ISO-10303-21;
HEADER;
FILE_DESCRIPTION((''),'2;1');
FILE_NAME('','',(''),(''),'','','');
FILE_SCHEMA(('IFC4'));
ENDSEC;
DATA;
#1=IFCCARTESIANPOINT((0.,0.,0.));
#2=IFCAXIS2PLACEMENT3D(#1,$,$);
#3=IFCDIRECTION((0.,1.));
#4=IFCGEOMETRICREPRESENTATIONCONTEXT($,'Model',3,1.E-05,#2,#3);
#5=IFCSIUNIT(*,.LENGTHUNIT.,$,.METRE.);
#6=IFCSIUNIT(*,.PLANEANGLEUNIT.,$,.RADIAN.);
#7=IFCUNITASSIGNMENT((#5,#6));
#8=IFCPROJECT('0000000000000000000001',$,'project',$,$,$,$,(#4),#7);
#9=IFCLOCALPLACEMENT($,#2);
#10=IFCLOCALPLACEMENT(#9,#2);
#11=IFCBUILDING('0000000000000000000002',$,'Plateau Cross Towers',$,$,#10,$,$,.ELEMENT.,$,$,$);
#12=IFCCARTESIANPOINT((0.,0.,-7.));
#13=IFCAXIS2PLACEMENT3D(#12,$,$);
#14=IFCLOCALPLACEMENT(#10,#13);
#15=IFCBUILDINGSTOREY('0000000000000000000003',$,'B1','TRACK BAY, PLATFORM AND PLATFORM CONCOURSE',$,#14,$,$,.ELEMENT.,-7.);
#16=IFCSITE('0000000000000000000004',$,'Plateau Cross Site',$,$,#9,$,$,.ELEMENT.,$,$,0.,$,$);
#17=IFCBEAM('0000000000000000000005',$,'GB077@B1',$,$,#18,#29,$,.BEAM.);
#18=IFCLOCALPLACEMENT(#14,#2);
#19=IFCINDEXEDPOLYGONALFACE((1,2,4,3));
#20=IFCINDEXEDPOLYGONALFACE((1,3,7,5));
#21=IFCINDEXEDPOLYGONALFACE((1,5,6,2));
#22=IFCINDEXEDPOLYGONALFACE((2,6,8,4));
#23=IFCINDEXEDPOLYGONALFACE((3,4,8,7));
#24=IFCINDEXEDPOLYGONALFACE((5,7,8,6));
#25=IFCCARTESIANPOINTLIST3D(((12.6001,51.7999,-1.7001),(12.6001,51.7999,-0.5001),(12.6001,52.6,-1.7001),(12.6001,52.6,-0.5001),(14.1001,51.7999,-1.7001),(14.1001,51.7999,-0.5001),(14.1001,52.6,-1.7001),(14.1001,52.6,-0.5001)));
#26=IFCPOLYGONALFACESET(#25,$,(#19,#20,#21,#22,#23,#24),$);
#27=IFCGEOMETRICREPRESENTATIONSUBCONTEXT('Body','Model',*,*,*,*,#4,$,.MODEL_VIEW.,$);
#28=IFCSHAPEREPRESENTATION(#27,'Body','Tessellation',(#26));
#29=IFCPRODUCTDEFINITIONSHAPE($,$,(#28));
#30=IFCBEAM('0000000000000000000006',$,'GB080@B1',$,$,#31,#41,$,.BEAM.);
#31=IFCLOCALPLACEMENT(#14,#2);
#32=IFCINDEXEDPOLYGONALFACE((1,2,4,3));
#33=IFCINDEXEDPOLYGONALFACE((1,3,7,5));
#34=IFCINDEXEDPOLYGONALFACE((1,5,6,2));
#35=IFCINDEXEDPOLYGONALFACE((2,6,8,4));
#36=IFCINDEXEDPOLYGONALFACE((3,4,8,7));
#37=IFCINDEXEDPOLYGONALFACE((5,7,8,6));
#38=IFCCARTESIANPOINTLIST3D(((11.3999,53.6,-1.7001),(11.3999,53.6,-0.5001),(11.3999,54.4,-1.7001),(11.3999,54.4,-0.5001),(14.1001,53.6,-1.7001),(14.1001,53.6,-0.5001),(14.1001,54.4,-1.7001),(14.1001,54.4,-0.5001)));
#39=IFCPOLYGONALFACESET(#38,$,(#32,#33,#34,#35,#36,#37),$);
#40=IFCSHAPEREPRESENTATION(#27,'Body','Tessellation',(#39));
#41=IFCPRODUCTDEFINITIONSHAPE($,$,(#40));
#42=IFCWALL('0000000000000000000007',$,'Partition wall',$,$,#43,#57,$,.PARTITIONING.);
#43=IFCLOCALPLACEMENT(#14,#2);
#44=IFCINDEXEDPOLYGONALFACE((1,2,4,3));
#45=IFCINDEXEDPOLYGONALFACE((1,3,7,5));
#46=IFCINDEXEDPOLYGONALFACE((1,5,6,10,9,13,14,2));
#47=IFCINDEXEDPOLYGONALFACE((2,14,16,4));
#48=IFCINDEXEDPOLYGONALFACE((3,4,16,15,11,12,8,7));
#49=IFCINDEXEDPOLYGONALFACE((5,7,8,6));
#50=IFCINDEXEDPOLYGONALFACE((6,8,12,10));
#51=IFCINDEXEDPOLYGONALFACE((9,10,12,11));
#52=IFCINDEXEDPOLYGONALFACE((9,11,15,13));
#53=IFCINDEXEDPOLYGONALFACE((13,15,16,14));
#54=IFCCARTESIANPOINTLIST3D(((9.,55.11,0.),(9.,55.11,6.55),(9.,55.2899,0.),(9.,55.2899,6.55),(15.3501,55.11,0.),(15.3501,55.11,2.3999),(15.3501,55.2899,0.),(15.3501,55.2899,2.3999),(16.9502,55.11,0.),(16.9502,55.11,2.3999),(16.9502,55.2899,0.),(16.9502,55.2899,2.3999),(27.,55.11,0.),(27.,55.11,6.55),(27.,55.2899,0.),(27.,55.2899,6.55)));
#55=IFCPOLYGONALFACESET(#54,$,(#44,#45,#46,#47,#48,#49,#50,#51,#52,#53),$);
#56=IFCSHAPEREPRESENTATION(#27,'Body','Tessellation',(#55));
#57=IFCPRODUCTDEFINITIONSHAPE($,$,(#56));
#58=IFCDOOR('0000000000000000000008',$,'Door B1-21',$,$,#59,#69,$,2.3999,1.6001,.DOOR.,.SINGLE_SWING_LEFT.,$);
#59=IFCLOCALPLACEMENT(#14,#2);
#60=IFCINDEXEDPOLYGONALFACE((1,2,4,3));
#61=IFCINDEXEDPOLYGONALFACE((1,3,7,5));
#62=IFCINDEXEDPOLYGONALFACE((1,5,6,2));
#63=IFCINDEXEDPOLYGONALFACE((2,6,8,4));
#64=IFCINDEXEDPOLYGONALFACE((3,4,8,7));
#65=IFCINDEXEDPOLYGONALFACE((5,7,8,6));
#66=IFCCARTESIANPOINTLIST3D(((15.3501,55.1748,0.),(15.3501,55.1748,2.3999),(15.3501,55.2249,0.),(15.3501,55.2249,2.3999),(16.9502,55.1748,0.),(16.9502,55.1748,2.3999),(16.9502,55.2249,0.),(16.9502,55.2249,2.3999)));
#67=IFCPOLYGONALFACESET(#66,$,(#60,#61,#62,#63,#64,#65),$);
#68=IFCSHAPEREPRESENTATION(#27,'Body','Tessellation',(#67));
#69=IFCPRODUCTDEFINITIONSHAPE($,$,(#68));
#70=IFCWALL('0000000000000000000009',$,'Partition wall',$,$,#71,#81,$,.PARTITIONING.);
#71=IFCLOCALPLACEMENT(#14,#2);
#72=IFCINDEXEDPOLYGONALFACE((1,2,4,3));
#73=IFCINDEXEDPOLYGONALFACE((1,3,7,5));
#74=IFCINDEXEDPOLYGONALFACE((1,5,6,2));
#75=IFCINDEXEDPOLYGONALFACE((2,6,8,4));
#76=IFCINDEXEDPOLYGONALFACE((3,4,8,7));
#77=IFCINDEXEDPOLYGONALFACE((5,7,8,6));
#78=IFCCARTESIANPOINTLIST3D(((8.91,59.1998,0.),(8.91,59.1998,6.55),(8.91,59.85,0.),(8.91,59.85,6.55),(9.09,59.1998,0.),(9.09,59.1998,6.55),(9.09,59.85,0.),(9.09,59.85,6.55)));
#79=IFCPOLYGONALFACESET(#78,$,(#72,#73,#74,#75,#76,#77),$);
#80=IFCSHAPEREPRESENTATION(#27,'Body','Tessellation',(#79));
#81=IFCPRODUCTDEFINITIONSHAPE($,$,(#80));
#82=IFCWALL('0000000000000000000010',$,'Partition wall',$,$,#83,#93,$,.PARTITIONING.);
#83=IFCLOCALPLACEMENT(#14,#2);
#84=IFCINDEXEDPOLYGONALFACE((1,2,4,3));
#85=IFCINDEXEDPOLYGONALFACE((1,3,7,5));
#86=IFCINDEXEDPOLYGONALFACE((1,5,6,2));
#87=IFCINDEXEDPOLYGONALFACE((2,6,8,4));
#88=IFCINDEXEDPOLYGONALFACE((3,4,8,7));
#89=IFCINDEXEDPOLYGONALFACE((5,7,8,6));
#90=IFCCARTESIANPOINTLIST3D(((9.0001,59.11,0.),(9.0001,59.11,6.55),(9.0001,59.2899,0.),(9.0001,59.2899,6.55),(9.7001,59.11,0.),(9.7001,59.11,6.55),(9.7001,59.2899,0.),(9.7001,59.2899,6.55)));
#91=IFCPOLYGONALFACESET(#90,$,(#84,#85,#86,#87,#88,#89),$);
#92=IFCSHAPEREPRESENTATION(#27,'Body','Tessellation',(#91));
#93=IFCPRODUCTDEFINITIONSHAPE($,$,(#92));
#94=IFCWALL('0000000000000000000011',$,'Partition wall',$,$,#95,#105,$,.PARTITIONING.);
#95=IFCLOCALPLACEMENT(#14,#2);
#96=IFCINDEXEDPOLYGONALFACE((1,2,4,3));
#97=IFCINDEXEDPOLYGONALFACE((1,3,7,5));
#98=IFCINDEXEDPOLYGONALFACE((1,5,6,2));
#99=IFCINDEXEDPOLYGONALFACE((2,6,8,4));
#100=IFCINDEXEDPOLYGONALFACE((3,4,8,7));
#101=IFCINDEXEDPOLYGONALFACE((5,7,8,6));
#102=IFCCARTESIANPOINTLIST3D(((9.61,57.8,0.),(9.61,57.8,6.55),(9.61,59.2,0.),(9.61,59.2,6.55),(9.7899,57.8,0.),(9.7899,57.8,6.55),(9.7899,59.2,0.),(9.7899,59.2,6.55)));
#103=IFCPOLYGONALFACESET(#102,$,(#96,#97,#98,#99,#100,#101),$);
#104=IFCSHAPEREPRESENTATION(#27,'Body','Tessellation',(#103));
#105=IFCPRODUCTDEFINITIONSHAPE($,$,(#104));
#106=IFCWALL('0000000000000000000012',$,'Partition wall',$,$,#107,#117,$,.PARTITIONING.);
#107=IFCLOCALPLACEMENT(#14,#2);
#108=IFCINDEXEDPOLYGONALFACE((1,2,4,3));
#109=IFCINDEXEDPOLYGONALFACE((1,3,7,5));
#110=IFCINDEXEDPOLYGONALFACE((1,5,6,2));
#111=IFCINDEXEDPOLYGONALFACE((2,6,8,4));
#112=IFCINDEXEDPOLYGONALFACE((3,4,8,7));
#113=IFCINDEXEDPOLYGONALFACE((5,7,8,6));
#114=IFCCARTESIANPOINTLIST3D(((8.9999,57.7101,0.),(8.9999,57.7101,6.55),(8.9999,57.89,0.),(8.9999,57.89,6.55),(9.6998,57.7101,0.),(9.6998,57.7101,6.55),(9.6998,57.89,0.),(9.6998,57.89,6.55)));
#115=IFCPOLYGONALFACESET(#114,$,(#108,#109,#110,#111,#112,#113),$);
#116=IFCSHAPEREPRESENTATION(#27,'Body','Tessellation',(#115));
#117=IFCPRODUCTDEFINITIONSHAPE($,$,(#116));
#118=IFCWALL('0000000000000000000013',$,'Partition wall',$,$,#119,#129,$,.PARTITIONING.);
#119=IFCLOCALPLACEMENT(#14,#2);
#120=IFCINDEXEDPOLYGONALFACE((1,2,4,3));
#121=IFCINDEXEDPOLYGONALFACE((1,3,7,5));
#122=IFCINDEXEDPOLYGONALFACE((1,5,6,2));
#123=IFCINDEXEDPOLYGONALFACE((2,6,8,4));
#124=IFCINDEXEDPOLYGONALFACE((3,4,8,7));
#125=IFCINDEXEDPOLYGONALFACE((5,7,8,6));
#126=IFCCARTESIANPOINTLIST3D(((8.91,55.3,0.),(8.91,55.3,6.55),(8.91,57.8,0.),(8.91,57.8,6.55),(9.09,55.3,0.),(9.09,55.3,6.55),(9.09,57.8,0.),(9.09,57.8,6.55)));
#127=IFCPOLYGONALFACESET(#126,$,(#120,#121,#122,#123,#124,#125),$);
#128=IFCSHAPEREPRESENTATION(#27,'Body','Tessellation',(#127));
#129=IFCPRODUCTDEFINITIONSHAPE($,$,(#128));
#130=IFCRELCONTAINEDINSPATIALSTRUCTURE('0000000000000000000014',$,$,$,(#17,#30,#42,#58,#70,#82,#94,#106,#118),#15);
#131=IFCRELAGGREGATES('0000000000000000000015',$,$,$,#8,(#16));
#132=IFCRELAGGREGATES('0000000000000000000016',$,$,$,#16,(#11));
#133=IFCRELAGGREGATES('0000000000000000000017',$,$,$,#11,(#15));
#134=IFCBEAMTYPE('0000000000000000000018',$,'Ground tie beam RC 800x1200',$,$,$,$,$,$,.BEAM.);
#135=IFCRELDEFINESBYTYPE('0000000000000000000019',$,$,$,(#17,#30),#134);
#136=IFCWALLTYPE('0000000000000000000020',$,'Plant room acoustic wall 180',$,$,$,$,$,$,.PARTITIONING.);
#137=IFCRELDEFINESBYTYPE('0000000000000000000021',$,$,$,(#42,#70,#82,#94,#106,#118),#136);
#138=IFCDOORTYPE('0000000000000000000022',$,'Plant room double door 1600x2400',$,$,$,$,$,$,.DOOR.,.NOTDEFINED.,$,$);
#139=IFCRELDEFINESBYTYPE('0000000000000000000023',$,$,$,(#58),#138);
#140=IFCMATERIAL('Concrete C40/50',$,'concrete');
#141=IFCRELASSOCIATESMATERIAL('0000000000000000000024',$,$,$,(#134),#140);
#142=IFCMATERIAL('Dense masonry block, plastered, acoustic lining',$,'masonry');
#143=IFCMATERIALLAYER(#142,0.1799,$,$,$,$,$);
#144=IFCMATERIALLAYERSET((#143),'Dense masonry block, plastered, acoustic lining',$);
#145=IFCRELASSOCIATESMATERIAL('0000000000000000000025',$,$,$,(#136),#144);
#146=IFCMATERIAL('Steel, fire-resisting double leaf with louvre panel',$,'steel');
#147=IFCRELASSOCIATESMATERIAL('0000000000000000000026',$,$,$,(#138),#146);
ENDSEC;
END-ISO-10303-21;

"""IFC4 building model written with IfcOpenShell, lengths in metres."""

from ifc_helpers import new_model, si_unit, direction, frame, frame_2d, origin, origin_2d, place, context, subcontext, project, spatial, rectangle, extrude, material, layer, layer_set, material_profile, profile_set, type_object, element, fill, save


model = new_model("IFC4")

# Units and contexts
model_context = context("Model", 3, precision=1e-05, world=origin(), true_north=direction((0.0, 1.0)))
body_context = subcontext(model_context, "Body", "Model", "MODEL_VIEW")
ifc_project = project(units=[si_unit("LENGTHUNIT", "METRE"), si_unit("PLANEANGLEUNIT", "RADIAN")], contexts=[model_context])

# Site, building, storey
site_placement = place(None, origin())
site = spatial("IfcSite", under=ifc_project, at=site_placement, Name="Plateau Cross Site", CompositionType="ELEMENT", RefElevation=0.0)
building_placement = place(site_placement, origin())
building = spatial("IfcBuilding", under=site, at=building_placement, Name="Plateau Cross Towers", CompositionType="ELEMENT")
storey_placement = place(building_placement, frame((0.0, 0.0, -7.0)))
storey = spatial("IfcBuildingStorey", under=building, at=storey_placement, Name="B1", Description="TRACK BAY, PLATFORM AND PLATFORM CONCOURSE", CompositionType="ELEMENT", Elevation=-7.0)

# Shared definitions
ifc_material_1 = material(Name="Concrete C40/50", Category="concrete")

# Beams
ifc_material_profile_1 = material_profile(ifc_material_1, rectangle(XDim=0.8, YDim=1.2, at=origin_2d()), Name="RC 800x1200")
ifc_profile_set_1 = profile_set([ifc_material_profile_1], Name="Concrete C40/50")
beam_type_1 = type_object("IfcBeamType", Name="Ground tie beam RC 800x1200", PredefinedType="BEAM", material=ifc_profile_set_1)
beam_1_placement = place(storey_placement, frame((12.6001, 52.2, -1.1001), z_axis=(1.0, 0.0, 0.0), x_axis=(0.0, 1.0, 0.0)))
element("IfcBeam", 1, at=beam_1_placement, inside=storey, type_object=beam_type_1, Name="GB077@B1", PredefinedType="BEAM", context=body_context, shape_type="SweptSolid", body=[
    extrude(rectangle(XDim=0.8, YDim=1.2, at=origin_2d()), origin(), (0.0, 0.0, 1.0), 1.5),
])
beam_2_placement = place(storey_placement, frame((11.3999, 54.0, -1.1001), z_axis=(1.0, 0.0, 0.0), x_axis=(0.0, 1.0, 0.0)))
element("IfcBeam", 2, at=beam_2_placement, inside=storey, type_object=beam_type_1, Name="GB080@B1", PredefinedType="BEAM", context=body_context, shape_type="SweptSolid", body=[
    extrude(rectangle(XDim=0.8, YDim=1.2, at=origin_2d()), origin(), (0.0, 0.0, 1.0), 2.7002),
])

# Wall, opening, door
ifc_material_2 = material(Name="Dense masonry block, plastered, acoustic lining", Category="masonry")
ifc_layer = layer(ifc_material_2, 0.1799)
ifc_layer_set = layer_set([ifc_layer], Name="Dense masonry block, plastered, acoustic lining")
wall_type = type_object("IfcWallType", Name="Plant room acoustic wall 180", PredefinedType="PARTITIONING", material=ifc_layer_set)
wall_1_placement = place(storey_placement, frame((9.0, 55.2, 0.0), z_axis=(0.0, 0.0, 1.0), x_axis=(1.0, 0.0, 0.0)))
wall_1 = element("IfcWall", 3, at=wall_1_placement, inside=storey, type_object=wall_type, Name="Partition wall", PredefinedType="PARTITIONING", context=body_context, shape_type="SweptSolid", body=[
    extrude(rectangle(XDim=18.0, YDim=0.1799, at=frame_2d((9.0, 0.0))), origin(), (0.0, 0.0, 1.0), 6.55),
])
opening_placement = place(wall_1_placement, frame((6.3501, 0.0, 0.0)))
opening = element("IfcOpeningElement", 4, at=opening_placement, cuts=wall_1, PredefinedType="OPENING", context=body_context, shape_type="SweptSolid", body=[
    extrude(rectangle(XDim=1.6001, YDim=2.3999, at=frame_2d((0.8, 1.2))), frame((0.0, 0.0999, 0.0), z_axis=(0.0, -1.0, 0.0), x_axis=(1.0, 0.0, 0.0)), (0.0, 0.0, 1.0), 0.2),
])
ifc_material_3 = material(Name="Steel, fire-resisting double leaf with louvre panel", Category="steel")
door_type = type_object("IfcDoorType", Name="Plant room double door 1600x2400", OperationType="NOTDEFINED", PredefinedType="DOOR", material=ifc_material_3)
door_placement = place(opening_placement, origin())
door = element("IfcDoor", 5, at=door_placement, inside=storey, type_object=door_type, Name="Door B1-21", OperationType="SINGLE_SWING_LEFT", OverallHeight=2.3999, OverallWidth=1.6001, PredefinedType="DOOR", context=body_context, shape_type="SweptSolid", body=[
    extrude(rectangle(XDim=1.6001, YDim=2.3999, at=frame_2d((0.8, 1.2))), frame((0.0, 0.0249, 0.0), z_axis=(0.0, -1.0, 0.0), x_axis=(1.0, 0.0, 0.0)), (0.0, 0.0, 1.0), 0.05),
])
fill(opening, door)

# Walls
wall_2_placement = place(storey_placement, frame((9.0, 59.8501, 0.0), z_axis=(0.0, 0.0, 1.0), x_axis=(0.0, -1.0, 0.0)))
element("IfcWall", 6, at=wall_2_placement, inside=storey, type_object=wall_type, Name="Partition wall", PredefinedType="PARTITIONING", context=body_context, shape_type="SweptSolid", body=[
    extrude(rectangle(XDim=0.6501, YDim=0.1799, at=frame_2d((0.3252, 0.0))), origin(), (0.0, 0.0, 1.0), 6.55),
])
wall_3_placement = place(storey_placement, frame((9.0, 59.2, 0.0), z_axis=(0.0, 0.0, 1.0), x_axis=(1.0, 0.0, 0.0)))
element("IfcWall", 7, at=wall_3_placement, inside=storey, type_object=wall_type, Name="Partition wall", PredefinedType="PARTITIONING", context=body_context, shape_type="SweptSolid", body=[
    extrude(rectangle(XDim=0.7, YDim=0.1799, at=frame_2d((0.3501, 0.0))), origin(), (0.0, 0.0, 1.0), 6.55),
])
wall_4_placement = place(storey_placement, frame((9.7, 59.2, 0.0), z_axis=(0.0, 0.0, 1.0), x_axis=(0.0, -1.0, 0.0)))
element("IfcWall", 8, at=wall_4_placement, inside=storey, type_object=wall_type, Name="Partition wall", PredefinedType="PARTITIONING", context=body_context, shape_type="SweptSolid", body=[
    extrude(rectangle(XDim=1.3999, YDim=0.1799, at=frame_2d((0.7, 0.0))), origin(), (0.0, 0.0, 1.0), 6.55),
])
wall_5_placement = place(storey_placement, frame((9.7, 57.8, 0.0), z_axis=(0.0, 0.0, 1.0), x_axis=(-1.0, 0.0, 0.0)))
element("IfcWall", 9, at=wall_5_placement, inside=storey, type_object=wall_type, Name="Partition wall", PredefinedType="PARTITIONING", context=body_context, shape_type="SweptSolid", body=[
    extrude(rectangle(XDim=0.7, YDim=0.1799, at=frame_2d((0.3501, 0.0))), origin(), (0.0, 0.0, 1.0), 6.55),
])
wall_6_placement = place(storey_placement, frame((9.0, 57.8, 0.0), z_axis=(0.0, 0.0, 1.0), x_axis=(0.0, -1.0, 0.0)))
element("IfcWall", 10, at=wall_6_placement, inside=storey, type_object=wall_type, Name="Partition wall", PredefinedType="PARTITIONING", context=body_context, shape_type="SweptSolid", body=[
    extrude(rectangle(XDim=2.5, YDim=0.1799, at=frame_2d((1.25, 0.0))), origin(), (0.0, 0.0, 1.0), 6.55),
])

save(model, "model.ifc")
